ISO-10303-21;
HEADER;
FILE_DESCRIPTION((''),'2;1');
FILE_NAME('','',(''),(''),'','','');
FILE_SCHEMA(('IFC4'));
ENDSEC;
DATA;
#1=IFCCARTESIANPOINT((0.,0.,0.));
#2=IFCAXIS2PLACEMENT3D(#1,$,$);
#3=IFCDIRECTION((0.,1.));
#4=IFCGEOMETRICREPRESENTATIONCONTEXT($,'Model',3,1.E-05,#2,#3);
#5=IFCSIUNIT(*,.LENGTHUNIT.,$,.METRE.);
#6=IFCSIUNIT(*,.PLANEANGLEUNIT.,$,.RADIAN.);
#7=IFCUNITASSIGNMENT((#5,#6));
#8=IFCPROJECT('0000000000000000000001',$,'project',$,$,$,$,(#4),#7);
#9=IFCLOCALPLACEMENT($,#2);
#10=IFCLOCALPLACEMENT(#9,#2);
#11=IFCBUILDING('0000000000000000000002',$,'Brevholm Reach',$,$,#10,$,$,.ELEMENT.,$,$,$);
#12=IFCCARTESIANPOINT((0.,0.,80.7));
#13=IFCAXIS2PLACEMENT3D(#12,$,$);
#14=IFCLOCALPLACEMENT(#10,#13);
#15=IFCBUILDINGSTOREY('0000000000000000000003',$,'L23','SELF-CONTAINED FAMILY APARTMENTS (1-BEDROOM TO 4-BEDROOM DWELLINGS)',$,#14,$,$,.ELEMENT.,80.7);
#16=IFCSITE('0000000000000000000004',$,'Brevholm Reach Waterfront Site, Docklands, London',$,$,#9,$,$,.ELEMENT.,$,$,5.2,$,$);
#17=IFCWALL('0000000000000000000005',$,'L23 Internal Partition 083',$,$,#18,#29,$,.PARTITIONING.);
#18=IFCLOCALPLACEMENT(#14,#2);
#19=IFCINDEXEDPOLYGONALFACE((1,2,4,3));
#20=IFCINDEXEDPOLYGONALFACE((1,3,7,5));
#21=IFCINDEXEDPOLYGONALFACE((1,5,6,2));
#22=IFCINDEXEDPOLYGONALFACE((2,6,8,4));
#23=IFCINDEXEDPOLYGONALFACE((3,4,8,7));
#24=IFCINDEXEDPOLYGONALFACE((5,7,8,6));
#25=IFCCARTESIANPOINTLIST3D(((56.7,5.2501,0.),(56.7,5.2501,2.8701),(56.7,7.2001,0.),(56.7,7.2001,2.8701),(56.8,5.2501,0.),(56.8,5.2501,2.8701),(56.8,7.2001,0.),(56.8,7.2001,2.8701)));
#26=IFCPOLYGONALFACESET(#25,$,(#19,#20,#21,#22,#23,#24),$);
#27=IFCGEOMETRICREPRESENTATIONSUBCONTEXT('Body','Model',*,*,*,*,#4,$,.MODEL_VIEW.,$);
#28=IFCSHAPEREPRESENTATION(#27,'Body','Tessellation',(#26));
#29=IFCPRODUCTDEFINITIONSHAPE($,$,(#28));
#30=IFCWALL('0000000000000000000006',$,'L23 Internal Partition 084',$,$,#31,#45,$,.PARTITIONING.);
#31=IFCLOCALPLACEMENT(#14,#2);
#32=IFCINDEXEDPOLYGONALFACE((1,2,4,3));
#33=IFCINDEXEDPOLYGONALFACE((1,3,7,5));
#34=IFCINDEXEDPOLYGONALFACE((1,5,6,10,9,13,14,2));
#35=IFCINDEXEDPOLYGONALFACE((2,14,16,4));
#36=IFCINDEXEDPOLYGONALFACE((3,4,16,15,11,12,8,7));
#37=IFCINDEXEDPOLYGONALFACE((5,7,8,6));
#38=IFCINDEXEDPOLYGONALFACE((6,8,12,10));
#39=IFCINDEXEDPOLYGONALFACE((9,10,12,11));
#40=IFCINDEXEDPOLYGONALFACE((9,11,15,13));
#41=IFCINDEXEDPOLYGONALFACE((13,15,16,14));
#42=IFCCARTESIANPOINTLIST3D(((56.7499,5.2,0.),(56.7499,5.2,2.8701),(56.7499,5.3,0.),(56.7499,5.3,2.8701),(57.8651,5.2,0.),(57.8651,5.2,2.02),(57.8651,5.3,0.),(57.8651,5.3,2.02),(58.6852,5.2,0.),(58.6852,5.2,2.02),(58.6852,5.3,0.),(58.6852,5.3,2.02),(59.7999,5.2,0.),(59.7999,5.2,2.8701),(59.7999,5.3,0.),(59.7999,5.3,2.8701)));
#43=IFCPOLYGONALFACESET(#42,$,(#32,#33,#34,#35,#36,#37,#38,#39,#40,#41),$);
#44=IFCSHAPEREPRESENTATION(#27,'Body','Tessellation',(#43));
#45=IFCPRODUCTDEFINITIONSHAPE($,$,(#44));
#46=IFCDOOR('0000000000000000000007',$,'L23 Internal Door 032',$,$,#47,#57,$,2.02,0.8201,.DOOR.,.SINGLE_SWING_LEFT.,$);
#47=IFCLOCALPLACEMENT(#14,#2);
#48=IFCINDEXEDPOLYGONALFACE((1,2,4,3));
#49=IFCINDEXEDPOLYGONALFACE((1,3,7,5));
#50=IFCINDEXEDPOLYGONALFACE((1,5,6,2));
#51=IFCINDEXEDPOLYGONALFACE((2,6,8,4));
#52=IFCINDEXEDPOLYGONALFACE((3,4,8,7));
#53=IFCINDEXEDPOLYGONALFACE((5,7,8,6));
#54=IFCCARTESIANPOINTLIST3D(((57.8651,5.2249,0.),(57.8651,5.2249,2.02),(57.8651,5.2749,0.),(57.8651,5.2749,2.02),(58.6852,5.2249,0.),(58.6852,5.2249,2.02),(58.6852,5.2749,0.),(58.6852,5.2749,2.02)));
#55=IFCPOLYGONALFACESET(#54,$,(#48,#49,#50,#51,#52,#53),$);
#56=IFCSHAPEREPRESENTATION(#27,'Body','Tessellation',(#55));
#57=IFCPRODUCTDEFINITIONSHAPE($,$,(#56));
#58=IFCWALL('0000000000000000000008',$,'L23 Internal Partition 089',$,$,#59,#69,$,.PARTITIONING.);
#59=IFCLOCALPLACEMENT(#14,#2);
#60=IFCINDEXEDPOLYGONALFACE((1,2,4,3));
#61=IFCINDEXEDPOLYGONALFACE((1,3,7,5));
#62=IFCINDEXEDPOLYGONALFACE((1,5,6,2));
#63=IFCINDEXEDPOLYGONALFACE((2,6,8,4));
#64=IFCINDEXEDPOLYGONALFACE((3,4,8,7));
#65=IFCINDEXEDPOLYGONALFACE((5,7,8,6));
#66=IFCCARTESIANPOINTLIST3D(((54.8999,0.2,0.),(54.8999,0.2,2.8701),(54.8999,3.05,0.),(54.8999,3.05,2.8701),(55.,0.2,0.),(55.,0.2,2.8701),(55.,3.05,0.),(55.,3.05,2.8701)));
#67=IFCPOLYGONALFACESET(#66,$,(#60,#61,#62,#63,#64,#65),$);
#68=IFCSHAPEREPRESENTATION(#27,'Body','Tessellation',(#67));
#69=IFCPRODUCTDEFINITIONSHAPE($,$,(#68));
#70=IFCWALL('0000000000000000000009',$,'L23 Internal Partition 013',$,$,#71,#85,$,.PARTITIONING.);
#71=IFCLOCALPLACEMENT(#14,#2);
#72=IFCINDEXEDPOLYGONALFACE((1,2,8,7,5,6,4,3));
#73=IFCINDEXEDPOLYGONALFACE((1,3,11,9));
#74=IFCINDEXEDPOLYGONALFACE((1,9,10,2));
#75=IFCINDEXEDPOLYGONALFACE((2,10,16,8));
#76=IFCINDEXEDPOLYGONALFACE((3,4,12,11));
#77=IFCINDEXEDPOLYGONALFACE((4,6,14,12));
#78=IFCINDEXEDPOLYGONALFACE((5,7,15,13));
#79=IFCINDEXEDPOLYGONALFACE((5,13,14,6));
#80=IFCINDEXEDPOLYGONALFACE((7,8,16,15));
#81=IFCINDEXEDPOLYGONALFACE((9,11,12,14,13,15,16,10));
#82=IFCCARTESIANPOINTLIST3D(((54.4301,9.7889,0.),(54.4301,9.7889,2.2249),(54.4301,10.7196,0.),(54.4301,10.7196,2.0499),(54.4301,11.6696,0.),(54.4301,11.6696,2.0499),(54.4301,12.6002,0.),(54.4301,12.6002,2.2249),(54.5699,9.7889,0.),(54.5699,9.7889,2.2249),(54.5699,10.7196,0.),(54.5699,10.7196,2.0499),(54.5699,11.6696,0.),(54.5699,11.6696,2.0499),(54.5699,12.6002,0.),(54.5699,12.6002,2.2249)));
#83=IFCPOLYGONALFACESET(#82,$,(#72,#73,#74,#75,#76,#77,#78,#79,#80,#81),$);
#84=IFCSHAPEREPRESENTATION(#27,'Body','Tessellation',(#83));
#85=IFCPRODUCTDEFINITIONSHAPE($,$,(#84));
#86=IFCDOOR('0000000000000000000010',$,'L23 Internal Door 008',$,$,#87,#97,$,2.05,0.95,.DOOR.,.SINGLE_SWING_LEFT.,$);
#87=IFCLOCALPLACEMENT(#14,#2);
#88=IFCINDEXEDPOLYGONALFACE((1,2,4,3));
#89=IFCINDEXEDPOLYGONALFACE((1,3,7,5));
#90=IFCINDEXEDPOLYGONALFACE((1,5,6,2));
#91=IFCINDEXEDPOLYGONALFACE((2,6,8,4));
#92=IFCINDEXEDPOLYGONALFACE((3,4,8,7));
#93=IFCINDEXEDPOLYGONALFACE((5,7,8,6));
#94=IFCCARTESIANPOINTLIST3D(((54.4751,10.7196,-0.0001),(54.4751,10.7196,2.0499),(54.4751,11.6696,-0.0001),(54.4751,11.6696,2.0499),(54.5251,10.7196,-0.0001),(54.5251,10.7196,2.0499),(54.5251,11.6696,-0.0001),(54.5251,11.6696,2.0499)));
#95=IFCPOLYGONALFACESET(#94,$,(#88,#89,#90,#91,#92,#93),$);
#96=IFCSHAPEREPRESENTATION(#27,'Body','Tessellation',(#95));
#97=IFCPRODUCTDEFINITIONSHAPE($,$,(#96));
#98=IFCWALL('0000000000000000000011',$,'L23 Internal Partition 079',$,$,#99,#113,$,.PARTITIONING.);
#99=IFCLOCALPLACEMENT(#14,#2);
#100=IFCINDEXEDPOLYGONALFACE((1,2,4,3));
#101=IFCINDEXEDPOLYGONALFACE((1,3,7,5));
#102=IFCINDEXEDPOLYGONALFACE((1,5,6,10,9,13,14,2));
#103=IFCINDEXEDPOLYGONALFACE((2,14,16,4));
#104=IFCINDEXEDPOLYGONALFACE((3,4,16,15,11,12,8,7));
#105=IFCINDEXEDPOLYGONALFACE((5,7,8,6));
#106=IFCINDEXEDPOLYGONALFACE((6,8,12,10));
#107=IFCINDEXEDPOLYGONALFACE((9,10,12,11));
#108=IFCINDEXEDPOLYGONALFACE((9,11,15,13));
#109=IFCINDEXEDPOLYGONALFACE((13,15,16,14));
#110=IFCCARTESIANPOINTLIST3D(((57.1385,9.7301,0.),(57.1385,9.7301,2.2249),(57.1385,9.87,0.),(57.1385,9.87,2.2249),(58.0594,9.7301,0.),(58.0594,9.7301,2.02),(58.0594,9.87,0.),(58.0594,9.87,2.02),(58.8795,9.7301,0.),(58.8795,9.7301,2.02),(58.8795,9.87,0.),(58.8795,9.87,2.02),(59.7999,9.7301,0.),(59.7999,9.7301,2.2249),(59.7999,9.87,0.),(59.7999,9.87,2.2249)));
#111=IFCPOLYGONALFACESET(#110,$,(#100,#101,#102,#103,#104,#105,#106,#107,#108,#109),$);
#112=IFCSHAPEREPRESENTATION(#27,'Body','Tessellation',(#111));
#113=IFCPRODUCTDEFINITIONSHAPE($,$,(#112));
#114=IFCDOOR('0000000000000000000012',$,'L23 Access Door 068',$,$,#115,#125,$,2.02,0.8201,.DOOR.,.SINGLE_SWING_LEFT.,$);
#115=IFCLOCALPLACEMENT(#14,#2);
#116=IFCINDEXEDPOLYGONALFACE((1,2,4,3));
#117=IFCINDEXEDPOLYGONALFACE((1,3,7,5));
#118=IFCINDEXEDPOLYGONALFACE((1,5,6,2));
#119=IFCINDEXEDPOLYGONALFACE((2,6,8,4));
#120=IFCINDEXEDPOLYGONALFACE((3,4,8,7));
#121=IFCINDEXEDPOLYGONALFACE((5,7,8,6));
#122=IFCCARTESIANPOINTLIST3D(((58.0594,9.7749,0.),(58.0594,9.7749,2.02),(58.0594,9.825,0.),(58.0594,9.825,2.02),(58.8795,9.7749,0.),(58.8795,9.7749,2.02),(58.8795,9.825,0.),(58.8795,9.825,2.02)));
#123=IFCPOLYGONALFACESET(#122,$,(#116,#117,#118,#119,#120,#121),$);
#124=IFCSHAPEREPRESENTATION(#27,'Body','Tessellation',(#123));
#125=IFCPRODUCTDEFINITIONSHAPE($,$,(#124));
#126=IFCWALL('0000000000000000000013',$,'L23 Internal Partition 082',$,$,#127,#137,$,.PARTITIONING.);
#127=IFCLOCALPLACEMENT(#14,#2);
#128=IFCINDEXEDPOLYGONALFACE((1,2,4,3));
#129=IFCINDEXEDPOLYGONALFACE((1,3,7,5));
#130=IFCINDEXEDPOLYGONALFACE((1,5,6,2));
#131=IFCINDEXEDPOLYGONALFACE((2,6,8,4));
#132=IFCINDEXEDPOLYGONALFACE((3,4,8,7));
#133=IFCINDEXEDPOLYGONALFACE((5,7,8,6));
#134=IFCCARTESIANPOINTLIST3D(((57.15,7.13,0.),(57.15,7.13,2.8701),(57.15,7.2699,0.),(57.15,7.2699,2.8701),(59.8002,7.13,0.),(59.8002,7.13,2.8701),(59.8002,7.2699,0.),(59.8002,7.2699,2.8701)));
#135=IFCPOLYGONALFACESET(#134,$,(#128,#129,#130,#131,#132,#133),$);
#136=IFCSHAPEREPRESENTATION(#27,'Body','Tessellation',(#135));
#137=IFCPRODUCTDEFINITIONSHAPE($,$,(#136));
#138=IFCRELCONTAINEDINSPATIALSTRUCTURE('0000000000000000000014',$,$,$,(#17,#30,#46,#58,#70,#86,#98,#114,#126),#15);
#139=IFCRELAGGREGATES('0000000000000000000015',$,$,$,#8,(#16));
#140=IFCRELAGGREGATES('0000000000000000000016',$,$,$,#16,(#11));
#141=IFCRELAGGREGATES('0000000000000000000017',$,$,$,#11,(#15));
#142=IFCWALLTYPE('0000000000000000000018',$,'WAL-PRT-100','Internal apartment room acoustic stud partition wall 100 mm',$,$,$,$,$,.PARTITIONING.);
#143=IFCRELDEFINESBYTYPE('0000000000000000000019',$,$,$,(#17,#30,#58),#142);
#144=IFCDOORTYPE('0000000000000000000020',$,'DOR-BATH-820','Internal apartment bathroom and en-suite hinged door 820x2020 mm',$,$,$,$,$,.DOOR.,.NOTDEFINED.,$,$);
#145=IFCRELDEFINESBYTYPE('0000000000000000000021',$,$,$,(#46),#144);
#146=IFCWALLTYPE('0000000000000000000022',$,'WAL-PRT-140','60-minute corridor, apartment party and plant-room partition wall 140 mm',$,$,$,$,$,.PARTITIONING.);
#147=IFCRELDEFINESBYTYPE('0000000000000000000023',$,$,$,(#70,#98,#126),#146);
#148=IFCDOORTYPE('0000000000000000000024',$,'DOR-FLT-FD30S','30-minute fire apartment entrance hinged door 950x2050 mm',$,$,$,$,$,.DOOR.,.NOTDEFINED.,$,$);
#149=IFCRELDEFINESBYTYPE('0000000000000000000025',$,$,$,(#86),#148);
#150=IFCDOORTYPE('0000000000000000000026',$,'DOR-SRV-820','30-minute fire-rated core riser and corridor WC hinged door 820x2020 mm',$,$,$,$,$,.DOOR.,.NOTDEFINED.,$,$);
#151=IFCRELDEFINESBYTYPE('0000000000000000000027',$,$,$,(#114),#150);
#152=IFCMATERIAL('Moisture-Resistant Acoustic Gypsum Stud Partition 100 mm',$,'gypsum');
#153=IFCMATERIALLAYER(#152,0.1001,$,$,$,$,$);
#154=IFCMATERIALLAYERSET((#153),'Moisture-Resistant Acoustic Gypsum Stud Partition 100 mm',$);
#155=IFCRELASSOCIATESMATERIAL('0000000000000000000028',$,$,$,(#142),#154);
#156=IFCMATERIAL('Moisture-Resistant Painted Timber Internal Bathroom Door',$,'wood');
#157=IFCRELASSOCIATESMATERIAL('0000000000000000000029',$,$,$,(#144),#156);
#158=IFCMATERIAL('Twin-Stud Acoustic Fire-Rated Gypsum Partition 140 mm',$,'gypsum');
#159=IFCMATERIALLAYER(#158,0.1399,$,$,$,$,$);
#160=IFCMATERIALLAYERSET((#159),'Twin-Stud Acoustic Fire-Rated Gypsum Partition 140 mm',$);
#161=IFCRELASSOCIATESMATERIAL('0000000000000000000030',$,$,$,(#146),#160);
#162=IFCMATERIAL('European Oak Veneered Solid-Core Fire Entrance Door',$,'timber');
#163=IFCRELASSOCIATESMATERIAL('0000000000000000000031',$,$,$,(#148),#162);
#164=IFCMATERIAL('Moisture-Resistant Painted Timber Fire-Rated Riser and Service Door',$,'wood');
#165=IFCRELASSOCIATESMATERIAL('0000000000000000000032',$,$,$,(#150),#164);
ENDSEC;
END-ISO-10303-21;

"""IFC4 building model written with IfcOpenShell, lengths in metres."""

from ifc_helpers import new_model, si_unit, direction, frame, frame_2d, origin, place, context, subcontext, project, spatial, rectangle, extrude, material, layer, layer_set, type_object, element, fill, save


model = new_model("IFC4")

# Units and contexts
model_context = context("Model", 3, precision=1e-05, world=origin(), true_north=direction((0.0, 1.0)))
body_context = subcontext(model_context, "Body", "Model", "MODEL_VIEW")
ifc_project = project(units=[si_unit("LENGTHUNIT", "METRE"), si_unit("PLANEANGLEUNIT", "RADIAN")], contexts=[model_context])

# Site, building, storey
site_placement = place(None, origin())
site = spatial("IfcSite", under=ifc_project, at=site_placement, Name="Brevholm Reach Waterfront Site, Docklands, London", CompositionType="ELEMENT", RefElevation=5.2)
building_placement = place(site_placement, origin())
building = spatial("IfcBuilding", under=site, at=building_placement, Name="Brevholm Reach", CompositionType="ELEMENT")
storey_placement = place(building_placement, frame((0.0, 0.0, 80.7)))
storey = spatial("IfcBuildingStorey", under=building, at=storey_placement, Name="L23", Description="SELF-CONTAINED FAMILY APARTMENTS (1-BEDROOM TO 4-BEDROOM DWELLINGS)", CompositionType="ELEMENT", Elevation=80.7)

# Wall
ifc_material_1 = material(Name="Moisture-Resistant Acoustic Gypsum Stud Partition 100 mm", Category="gypsum")
ifc_layer_1 = layer(ifc_material_1, 0.1001)
ifc_layer_set_1 = layer_set([ifc_layer_1], Name="Moisture-Resistant Acoustic Gypsum Stud Partition 100 mm")
wall_type_1 = type_object("IfcWallType", Name="WAL-PRT-100", Description="Internal apartment room acoustic stud partition wall 100 mm", PredefinedType="PARTITIONING", material=ifc_layer_set_1)
wall_1_placement = place(storey_placement, frame((56.75, 5.25, 0.0), z_axis=(0.0, 0.0, 1.0), x_axis=(0.0, 1.0, 0.0)))
element("IfcWall", 1, at=wall_1_placement, inside=storey, type_object=wall_type_1, Name="L23 Internal Partition 083", PredefinedType="PARTITIONING", context=body_context, shape_type="SweptSolid", body=[
    extrude(rectangle(XDim=1.95, YDim=0.1001, at=frame_2d((0.9751, 0.0))), origin(), (0.0, 0.0, 1.0), 2.8701),
])

# Wall, opening, door
wall_2_placement = place(storey_placement, frame((56.75, 5.25, 0.0), z_axis=(0.0, 0.0, 1.0), x_axis=(1.0, 0.0, 0.0)))
wall_2 = element("IfcWall", 2, at=wall_2_placement, inside=storey, type_object=wall_type_1, Name="L23 Internal Partition 084", PredefinedType="PARTITIONING", context=body_context, shape_type="SweptSolid", body=[
    extrude(rectangle(XDim=3.05, YDim=0.1001, at=frame_2d((1.5249, 0.0))), origin(), (0.0, 0.0, 1.0), 2.8701),
])
opening_1_placement = place(wall_2_placement, frame((1.115, 0.0, 0.0)))
opening_1 = element("IfcOpeningElement", 3, at=opening_1_placement, cuts=wall_2, PredefinedType="OPENING", context=body_context, shape_type="SweptSolid", body=[
    extrude(rectangle(XDim=0.8201, YDim=2.02, at=frame_2d((0.4102, 1.01))), frame((0.0, 0.0601, 0.0), z_axis=(0.0, -1.0, 0.0), x_axis=(1.0, 0.0, 0.0)), (0.0, 0.0, 1.0), 0.1201),
])
ifc_material_2 = material(Name="Moisture-Resistant Painted Timber Internal Bathroom Door", Category="wood")
door_type_1 = type_object("IfcDoorType", Name="DOR-BATH-820", Description="Internal apartment bathroom and en-suite hinged door 820x2020 mm", OperationType="NOTDEFINED", PredefinedType="DOOR", material=ifc_material_2)
door_1_placement = place(opening_1_placement, origin())
door_1 = element("IfcDoor", 4, at=door_1_placement, inside=storey, type_object=door_type_1, Name="L23 Internal Door 032", OperationType="SINGLE_SWING_LEFT", OverallHeight=2.02, OverallWidth=0.8201, PredefinedType="DOOR", context=body_context, shape_type="SweptSolid", body=[
    extrude(rectangle(XDim=0.8201, YDim=2.02, at=frame_2d((0.4102, 1.01))), frame((0.0, 0.0249, 0.0), z_axis=(0.0, -1.0, 0.0), x_axis=(1.0, 0.0, 0.0)), (0.0, 0.0, 1.0), 0.05),
])
fill(opening_1, door_1)

# Wall
wall_3_placement = place(storey_placement, frame((54.95, 0.2, 0.0), z_axis=(0.0, 0.0, 1.0), x_axis=(0.0, 1.0, 0.0)))
element("IfcWall", 5, at=wall_3_placement, inside=storey, type_object=wall_type_1, Name="L23 Internal Partition 089", PredefinedType="PARTITIONING", context=body_context, shape_type="SweptSolid", body=[
    extrude(rectangle(XDim=2.8501, YDim=0.1001, at=frame_2d((1.425, 0.0))), origin(), (0.0, 0.0, 1.0), 2.8701),
])

# Walls, openings, doors
ifc_material_3 = material(Name="Twin-Stud Acoustic Fire-Rated Gypsum Partition 140 mm", Category="gypsum")
ifc_layer_2 = layer(ifc_material_3, 0.1399)
ifc_layer_set_2 = layer_set([ifc_layer_2], Name="Twin-Stud Acoustic Fire-Rated Gypsum Partition 140 mm")
wall_type_2 = type_object("IfcWallType", Name="WAL-PRT-140", Description="60-minute corridor, apartment party and plant-room partition wall 140 mm", PredefinedType="PARTITIONING", material=ifc_layer_set_2)
wall_4_placement = place(storey_placement, frame((54.5, 9.7888, 0.0), z_axis=(0.0, 0.0, 1.0), x_axis=(0.0, 1.0, 0.0)))
wall_4 = element("IfcWall", 6, at=wall_4_placement, inside=storey, type_object=wall_type_2, Name="L23 Internal Partition 013", PredefinedType="PARTITIONING", context=body_context, shape_type="SweptSolid", body=[
    extrude(rectangle(XDim=2.8113, YDim=0.1399, at=frame_2d((1.4058, 0.0))), origin(), (0.0, 0.0, 1.0), 2.2249),
])
opening_2_placement = place(wall_4_placement, frame((0.9307, 0.0, 0.0)))
opening_2 = element("IfcOpeningElement", 7, at=opening_2_placement, cuts=wall_4, PredefinedType="OPENING", context=body_context, shape_type="SweptSolid", body=[
    extrude(rectangle(XDim=0.95, YDim=2.05, at=frame_2d((0.4751, 1.0249))), frame((0.0, 0.0798, 0.0), z_axis=(0.0, -1.0, 0.0), x_axis=(1.0, 0.0, 0.0)), (0.0, 0.0, 1.0), 0.1599),
])
ifc_material_4 = material(Name="European Oak Veneered Solid-Core Fire Entrance Door", Category="timber")
door_type_2 = type_object("IfcDoorType", Name="DOR-FLT-FD30S", Description="30-minute fire apartment entrance hinged door 950x2050 mm", OperationType="NOTDEFINED", PredefinedType="DOOR", material=ifc_material_4)
door_2_placement = place(opening_2_placement, origin())
door_2 = element("IfcDoor", 8, at=door_2_placement, inside=storey, type_object=door_type_2, Name="L23 Internal Door 008", OperationType="SINGLE_SWING_LEFT", OverallHeight=2.05, OverallWidth=0.95, PredefinedType="DOOR", context=body_context, shape_type="SweptSolid", body=[
    extrude(rectangle(XDim=0.95, YDim=2.05, at=frame_2d((0.4751, 1.0249))), frame((0.0, 0.0249, 0.0), z_axis=(0.0, -1.0, 0.0), x_axis=(1.0, 0.0, 0.0)), (0.0, 0.0, 1.0), 0.05),
])
fill(opening_2, door_2)
wall_5_placement = place(storey_placement, frame((57.1387, 9.8, 0.0), z_axis=(0.0, 0.0, 1.0), x_axis=(1.0, 0.0, 0.0)))
wall_5 = element("IfcWall", 9, at=wall_5_placement, inside=storey, type_object=wall_type_2, Name="L23 Internal Partition 079", PredefinedType="PARTITIONING", context=body_context, shape_type="SweptSolid", body=[
    extrude(rectangle(XDim=2.6614, YDim=0.1399, at=frame_2d((1.3306, 0.0))), origin(), (0.0, 0.0, 1.0), 2.2249),
])
opening_3_placement = place(wall_5_placement, frame((0.9207, 0.0, 0.0)))
opening_3 = element("IfcOpeningElement", 10, at=opening_3_placement, cuts=wall_5, PredefinedType="OPENING", context=body_context, shape_type="SweptSolid", body=[
    extrude(rectangle(XDim=0.8201, YDim=2.02, at=frame_2d((0.4102, 1.01))), frame((0.0, 0.0798, 0.0), z_axis=(0.0, -1.0, 0.0), x_axis=(1.0, 0.0, 0.0)), (0.0, 0.0, 1.0), 0.1599),
])
ifc_material_5 = material(Name="Moisture-Resistant Painted Timber Fire-Rated Riser and Service Door", Category="wood")
door_type_3 = type_object("IfcDoorType", Name="DOR-SRV-820", Description="30-minute fire-rated core riser and corridor WC hinged door 820x2020 mm", OperationType="NOTDEFINED", PredefinedType="DOOR", material=ifc_material_5)
door_3_placement = place(opening_3_placement, origin())
door_3 = element("IfcDoor", 11, at=door_3_placement, inside=storey, type_object=door_type_3, Name="L23 Access Door 068", OperationType="SINGLE_SWING_LEFT", OverallHeight=2.02, OverallWidth=0.8201, PredefinedType="DOOR", context=body_context, shape_type="SweptSolid", body=[
    extrude(rectangle(XDim=0.8201, YDim=2.02, at=frame_2d((0.4102, 1.01))), frame((0.0, 0.0249, 0.0), z_axis=(0.0, -1.0, 0.0), x_axis=(1.0, 0.0, 0.0)), (0.0, 0.0, 1.0), 0.05),
])
fill(opening_3, door_3)

# Wall
wall_6_placement = place(storey_placement, frame((57.1499, 7.2, 0.0), z_axis=(0.0, 0.0, 1.0), x_axis=(1.0, 0.0, 0.0)))
element("IfcWall", 12, at=wall_6_placement, inside=storey, type_object=wall_type_2, Name="L23 Internal Partition 082", PredefinedType="PARTITIONING", context=body_context, shape_type="SweptSolid", body=[
    extrude(rectangle(XDim=2.6501, YDim=0.1399, at=frame_2d((1.3252, 0.0))), origin(), (0.0, 0.0, 1.0), 2.8701),
])

save(model, "model.ifc")
